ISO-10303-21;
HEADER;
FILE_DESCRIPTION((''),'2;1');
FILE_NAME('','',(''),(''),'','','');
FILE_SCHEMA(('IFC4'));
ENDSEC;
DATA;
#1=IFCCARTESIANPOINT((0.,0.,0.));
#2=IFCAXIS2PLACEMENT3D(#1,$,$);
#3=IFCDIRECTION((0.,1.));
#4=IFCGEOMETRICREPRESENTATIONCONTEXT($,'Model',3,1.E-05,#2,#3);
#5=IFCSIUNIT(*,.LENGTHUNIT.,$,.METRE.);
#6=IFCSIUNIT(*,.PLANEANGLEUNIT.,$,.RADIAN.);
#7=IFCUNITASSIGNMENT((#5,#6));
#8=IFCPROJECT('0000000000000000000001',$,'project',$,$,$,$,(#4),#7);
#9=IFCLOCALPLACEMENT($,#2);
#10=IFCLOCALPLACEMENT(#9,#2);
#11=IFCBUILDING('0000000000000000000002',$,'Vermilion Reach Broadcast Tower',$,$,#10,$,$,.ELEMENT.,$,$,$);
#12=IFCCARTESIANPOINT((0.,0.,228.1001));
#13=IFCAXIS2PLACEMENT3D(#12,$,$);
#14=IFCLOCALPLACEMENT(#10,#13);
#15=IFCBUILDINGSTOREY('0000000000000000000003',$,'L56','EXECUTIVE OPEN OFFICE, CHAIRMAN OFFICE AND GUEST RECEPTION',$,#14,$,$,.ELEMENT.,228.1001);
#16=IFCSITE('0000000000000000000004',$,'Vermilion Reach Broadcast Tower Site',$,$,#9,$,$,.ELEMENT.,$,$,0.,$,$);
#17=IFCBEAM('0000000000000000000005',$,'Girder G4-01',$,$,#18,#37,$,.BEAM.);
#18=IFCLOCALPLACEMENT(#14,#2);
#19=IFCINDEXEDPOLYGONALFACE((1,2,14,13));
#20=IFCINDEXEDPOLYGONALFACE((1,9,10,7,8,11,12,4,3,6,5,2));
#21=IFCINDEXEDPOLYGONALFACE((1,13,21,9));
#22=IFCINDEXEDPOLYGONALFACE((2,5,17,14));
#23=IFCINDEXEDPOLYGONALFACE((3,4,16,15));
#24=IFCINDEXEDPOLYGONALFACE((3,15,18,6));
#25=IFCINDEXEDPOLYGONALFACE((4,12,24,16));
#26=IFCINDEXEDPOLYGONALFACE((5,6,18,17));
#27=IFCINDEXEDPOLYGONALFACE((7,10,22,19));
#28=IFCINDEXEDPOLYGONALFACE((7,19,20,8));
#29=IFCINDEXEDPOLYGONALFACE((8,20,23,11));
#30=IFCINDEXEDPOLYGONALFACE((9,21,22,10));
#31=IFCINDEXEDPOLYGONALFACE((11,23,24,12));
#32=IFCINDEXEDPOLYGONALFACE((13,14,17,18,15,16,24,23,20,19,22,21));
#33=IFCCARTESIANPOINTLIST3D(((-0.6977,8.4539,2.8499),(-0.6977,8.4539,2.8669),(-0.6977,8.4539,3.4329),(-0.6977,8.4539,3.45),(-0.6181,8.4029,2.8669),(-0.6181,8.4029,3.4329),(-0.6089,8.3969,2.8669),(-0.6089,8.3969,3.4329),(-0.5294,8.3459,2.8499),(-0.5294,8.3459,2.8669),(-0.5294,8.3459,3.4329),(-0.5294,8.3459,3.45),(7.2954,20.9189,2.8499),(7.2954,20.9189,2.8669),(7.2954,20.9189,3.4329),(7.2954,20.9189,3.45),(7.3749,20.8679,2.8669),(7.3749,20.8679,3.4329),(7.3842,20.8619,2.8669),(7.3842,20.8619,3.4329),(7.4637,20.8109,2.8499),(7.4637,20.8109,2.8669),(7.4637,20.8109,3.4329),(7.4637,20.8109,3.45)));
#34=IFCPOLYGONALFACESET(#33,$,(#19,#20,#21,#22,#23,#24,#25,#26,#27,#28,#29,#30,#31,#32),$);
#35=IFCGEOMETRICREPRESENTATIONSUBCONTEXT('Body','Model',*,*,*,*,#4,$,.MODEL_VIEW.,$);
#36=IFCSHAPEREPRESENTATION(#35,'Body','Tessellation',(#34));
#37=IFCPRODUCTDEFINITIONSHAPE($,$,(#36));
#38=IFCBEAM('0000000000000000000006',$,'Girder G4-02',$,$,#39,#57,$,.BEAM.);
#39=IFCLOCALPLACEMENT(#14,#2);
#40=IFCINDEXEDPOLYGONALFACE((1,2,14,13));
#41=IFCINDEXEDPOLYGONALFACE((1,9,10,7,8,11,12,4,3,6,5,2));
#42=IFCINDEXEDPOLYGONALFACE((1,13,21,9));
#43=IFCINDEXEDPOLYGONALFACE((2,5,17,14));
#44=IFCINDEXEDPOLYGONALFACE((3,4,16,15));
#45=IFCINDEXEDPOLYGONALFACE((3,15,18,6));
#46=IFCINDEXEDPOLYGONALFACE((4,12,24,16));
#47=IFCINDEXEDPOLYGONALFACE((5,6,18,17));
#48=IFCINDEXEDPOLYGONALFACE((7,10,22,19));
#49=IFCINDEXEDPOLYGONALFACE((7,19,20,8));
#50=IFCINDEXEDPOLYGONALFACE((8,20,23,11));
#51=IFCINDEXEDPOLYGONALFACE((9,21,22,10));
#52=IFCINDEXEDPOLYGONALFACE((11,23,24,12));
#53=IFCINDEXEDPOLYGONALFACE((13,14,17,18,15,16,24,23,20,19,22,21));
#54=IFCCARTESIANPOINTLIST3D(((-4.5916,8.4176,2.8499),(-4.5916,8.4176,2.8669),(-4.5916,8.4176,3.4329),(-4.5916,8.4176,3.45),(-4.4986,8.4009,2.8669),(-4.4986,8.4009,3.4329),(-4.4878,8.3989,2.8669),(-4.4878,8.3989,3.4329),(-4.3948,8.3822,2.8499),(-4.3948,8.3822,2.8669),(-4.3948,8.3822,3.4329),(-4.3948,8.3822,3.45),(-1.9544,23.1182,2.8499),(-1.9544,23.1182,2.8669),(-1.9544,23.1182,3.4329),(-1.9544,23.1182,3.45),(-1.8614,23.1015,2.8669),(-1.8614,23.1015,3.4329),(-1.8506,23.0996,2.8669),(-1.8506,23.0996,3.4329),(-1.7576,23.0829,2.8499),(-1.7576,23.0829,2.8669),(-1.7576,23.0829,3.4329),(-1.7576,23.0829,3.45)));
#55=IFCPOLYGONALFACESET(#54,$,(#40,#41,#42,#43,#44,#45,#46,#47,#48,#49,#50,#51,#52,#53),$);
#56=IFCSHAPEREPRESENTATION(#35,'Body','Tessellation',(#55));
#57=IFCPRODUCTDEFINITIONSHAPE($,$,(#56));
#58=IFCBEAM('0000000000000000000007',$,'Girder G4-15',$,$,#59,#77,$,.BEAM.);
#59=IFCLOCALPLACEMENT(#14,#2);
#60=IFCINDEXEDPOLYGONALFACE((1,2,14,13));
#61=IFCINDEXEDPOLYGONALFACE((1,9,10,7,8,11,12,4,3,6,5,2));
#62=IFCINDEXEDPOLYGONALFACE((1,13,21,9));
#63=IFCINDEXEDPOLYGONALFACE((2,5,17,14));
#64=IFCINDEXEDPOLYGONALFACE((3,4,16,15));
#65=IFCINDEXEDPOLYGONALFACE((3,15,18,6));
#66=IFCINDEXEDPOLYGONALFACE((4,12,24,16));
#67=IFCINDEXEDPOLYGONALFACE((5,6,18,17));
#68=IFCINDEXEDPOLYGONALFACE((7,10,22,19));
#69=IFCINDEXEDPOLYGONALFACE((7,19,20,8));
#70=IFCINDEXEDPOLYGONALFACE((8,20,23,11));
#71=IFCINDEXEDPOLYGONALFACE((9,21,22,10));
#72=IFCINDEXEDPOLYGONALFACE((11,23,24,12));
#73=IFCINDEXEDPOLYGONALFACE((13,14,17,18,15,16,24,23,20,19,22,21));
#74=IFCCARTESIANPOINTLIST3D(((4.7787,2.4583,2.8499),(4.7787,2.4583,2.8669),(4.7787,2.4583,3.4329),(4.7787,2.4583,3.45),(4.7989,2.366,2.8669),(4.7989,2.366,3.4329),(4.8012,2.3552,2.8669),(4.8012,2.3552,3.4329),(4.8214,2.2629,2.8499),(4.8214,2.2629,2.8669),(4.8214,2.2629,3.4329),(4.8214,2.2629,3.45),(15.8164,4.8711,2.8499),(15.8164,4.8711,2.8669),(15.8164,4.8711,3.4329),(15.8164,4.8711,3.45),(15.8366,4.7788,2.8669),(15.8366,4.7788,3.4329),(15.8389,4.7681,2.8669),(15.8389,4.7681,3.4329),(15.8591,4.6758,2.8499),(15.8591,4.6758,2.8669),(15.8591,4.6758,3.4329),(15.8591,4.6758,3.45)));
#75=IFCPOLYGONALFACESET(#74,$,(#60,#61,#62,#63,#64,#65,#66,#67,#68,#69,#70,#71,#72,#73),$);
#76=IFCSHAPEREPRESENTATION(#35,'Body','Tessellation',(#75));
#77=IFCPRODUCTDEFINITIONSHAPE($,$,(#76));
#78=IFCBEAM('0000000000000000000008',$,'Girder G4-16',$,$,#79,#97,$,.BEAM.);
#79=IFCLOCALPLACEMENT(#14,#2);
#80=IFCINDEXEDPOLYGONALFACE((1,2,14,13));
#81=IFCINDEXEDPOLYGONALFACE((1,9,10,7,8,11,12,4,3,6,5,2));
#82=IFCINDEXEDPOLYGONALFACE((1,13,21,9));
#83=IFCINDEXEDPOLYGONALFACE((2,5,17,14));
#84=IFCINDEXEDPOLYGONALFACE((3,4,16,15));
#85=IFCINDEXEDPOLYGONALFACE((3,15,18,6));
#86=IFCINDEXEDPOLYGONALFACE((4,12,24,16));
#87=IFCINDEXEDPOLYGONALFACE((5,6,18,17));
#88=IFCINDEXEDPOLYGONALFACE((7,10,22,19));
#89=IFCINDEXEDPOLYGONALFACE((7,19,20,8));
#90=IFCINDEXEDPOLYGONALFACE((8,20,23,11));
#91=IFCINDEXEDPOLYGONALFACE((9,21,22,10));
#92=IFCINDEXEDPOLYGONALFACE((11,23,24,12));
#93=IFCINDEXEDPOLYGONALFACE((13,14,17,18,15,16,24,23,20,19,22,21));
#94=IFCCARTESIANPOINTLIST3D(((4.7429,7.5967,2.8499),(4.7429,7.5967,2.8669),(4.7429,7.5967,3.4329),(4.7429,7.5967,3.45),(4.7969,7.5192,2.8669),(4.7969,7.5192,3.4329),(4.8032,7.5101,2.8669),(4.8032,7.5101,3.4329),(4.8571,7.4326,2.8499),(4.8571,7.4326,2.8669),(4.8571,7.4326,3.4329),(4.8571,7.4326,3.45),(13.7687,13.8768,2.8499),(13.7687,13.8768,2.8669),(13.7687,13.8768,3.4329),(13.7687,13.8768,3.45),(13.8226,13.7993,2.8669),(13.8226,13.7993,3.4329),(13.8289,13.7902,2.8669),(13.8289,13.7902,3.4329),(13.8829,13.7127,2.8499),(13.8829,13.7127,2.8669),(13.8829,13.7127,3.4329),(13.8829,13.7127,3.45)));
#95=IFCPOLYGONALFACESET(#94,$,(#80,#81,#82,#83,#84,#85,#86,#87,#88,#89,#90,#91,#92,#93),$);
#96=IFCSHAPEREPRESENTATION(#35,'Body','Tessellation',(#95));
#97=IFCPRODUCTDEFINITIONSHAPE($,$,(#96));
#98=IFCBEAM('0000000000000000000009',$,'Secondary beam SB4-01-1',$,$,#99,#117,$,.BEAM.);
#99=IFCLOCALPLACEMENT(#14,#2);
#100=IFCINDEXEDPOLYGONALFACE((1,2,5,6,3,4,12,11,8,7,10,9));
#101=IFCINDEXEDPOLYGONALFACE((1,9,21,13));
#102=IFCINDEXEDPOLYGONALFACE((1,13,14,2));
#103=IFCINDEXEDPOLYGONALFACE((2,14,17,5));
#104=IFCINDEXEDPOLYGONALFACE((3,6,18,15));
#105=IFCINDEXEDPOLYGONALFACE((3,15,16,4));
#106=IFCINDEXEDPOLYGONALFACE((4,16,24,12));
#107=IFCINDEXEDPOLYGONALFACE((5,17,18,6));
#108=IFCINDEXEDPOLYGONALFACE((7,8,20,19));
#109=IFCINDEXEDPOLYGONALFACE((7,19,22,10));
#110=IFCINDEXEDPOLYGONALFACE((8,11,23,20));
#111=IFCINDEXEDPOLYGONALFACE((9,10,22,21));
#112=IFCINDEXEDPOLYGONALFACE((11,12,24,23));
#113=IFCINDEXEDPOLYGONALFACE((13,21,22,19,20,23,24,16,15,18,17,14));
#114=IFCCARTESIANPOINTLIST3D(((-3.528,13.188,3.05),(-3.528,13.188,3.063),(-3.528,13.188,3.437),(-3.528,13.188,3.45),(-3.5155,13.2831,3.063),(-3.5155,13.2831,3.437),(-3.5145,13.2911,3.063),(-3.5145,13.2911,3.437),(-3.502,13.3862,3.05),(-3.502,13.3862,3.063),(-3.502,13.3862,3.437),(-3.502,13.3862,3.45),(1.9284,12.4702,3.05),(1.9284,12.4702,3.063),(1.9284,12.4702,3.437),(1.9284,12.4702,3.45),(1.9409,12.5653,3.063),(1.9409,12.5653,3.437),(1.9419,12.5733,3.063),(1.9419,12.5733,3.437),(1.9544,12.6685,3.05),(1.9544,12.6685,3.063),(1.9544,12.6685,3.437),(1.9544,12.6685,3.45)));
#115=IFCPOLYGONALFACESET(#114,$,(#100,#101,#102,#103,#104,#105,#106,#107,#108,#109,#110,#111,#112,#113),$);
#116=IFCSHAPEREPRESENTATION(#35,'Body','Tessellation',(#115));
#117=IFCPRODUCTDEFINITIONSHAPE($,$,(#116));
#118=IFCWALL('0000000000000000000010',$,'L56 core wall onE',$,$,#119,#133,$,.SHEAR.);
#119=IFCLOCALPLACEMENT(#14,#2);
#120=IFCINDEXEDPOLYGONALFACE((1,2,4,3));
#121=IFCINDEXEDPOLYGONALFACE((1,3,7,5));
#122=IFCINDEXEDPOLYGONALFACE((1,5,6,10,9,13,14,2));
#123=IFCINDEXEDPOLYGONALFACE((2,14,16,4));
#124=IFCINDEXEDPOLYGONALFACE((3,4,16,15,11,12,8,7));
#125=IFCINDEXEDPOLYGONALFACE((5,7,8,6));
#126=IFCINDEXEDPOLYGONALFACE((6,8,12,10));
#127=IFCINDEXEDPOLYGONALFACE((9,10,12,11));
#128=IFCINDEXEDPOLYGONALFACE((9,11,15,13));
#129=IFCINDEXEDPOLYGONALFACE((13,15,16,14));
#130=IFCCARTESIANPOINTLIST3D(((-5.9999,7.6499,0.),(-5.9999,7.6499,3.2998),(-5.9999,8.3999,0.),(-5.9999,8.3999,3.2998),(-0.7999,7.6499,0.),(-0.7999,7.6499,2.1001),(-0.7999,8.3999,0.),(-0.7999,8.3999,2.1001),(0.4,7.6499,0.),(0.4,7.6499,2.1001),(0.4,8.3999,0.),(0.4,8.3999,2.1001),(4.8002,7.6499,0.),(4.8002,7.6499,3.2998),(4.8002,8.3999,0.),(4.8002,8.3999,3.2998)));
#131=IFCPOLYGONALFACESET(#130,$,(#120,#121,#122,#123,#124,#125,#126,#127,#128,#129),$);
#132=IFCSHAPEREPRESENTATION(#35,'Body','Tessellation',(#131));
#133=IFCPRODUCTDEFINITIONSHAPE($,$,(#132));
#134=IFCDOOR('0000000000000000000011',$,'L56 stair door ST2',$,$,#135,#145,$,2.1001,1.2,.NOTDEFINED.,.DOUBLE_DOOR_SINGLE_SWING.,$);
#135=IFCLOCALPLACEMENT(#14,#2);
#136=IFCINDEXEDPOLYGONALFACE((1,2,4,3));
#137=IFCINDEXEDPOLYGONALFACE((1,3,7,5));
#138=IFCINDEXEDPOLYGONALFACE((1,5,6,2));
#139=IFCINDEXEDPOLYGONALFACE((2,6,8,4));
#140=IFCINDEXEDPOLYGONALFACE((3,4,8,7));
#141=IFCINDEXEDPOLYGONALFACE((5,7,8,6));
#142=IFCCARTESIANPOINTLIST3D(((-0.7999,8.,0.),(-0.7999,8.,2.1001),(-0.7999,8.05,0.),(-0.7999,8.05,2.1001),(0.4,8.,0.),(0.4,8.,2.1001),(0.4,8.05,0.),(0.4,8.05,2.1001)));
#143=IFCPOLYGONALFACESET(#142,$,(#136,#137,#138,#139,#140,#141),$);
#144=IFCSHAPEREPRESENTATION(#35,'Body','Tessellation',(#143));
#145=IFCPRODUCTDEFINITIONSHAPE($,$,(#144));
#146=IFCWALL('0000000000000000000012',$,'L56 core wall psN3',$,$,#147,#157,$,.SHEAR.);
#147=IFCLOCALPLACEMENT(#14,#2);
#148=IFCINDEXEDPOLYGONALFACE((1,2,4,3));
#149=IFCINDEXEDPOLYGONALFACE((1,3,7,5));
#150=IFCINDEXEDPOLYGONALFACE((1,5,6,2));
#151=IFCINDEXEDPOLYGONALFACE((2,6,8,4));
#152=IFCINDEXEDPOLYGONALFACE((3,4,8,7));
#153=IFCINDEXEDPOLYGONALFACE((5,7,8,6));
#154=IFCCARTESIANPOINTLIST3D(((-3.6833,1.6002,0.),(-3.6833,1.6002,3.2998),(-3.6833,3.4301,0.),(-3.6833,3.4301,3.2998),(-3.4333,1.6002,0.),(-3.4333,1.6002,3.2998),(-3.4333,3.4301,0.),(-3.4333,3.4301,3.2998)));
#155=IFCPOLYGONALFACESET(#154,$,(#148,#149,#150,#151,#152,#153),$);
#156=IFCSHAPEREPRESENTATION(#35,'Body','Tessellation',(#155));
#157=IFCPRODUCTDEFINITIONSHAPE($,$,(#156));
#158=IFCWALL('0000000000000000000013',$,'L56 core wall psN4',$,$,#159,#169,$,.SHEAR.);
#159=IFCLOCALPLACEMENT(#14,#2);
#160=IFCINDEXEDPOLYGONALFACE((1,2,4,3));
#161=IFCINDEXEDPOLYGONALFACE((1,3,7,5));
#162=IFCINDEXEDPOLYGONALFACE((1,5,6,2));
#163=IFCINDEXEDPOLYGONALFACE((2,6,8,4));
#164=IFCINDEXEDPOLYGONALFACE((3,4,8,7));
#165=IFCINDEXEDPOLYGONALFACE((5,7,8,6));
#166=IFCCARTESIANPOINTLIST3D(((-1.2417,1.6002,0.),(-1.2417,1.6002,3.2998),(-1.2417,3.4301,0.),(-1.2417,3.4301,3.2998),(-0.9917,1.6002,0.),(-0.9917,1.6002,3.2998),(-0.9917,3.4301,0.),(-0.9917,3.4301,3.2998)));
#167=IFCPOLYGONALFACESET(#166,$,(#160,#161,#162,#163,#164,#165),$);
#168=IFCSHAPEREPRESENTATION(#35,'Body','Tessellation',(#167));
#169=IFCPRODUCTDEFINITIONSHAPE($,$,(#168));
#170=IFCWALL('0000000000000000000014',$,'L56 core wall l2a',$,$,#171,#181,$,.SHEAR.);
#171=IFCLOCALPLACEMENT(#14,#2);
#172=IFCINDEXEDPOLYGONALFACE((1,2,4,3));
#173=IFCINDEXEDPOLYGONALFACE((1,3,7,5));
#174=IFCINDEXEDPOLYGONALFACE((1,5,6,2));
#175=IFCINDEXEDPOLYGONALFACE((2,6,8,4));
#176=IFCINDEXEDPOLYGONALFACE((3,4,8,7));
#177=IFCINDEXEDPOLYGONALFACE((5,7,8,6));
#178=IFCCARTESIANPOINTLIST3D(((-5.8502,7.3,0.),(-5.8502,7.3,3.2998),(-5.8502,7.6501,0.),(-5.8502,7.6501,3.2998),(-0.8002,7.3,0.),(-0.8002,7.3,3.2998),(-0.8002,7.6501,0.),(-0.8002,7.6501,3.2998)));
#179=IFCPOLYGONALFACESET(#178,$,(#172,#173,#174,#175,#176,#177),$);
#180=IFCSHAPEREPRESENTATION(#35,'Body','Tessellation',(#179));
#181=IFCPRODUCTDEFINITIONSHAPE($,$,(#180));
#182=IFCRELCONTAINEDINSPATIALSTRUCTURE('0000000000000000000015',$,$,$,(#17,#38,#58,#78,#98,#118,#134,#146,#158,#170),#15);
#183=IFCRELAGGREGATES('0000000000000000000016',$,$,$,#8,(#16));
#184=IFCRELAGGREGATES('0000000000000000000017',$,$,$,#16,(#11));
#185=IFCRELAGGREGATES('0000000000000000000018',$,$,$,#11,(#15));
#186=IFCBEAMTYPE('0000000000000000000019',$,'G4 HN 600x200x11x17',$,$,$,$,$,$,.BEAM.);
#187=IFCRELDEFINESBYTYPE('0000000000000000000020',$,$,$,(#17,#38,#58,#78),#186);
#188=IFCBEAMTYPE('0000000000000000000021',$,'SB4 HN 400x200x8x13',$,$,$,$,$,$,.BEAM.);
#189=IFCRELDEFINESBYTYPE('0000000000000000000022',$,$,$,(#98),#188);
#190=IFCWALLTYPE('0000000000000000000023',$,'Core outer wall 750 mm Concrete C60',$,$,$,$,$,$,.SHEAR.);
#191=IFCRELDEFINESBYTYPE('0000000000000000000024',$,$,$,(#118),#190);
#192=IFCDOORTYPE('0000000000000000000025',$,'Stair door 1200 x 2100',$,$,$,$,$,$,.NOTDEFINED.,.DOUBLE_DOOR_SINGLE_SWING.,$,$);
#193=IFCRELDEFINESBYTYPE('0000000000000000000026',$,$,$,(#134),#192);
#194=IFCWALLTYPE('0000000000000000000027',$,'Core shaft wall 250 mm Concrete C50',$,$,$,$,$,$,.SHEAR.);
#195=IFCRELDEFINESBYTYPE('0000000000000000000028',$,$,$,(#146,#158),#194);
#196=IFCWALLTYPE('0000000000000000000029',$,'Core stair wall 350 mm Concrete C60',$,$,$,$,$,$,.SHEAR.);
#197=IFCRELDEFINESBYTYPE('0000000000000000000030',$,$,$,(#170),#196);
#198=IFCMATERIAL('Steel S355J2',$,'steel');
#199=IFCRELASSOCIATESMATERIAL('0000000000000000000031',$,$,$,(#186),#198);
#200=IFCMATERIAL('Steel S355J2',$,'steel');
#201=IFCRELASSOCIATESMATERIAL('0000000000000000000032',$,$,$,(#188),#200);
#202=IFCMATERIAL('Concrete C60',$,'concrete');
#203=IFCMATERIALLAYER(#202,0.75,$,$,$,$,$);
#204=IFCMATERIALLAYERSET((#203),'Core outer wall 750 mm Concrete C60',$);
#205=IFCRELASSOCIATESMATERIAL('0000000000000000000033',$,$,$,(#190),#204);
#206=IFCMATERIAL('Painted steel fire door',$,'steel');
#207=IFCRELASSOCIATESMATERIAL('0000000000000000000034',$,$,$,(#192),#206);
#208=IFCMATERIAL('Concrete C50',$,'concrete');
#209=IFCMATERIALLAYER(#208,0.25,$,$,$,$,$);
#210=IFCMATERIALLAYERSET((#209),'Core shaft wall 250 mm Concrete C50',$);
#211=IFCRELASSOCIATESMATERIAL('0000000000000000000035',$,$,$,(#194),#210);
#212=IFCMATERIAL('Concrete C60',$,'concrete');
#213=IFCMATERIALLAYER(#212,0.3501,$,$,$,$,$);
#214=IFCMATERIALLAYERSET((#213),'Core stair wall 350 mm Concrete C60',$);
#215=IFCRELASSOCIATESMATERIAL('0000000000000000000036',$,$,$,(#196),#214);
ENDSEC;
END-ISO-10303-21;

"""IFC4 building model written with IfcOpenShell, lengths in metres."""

from ifc_helpers import new_model, si_unit, direction, frame, frame_2d, origin, origin_2d, place, context, subcontext, project, spatial, rectangle, i_section, extrude, material, layer, layer_set, material_profile, profile_set, type_object, element, fill, save


model = new_model("IFC4")

# Units and contexts
model_context = context("Model", 3, precision=1e-05, world=origin(), true_north=direction((0.0, 1.0)))
body_context = subcontext(model_context, "Body", "Model", "MODEL_VIEW")
ifc_project = project(units=[si_unit("LENGTHUNIT", "METRE"), si_unit("PLANEANGLEUNIT", "RADIAN")], contexts=[model_context])

# Site, building, storey
site_placement = place(None, origin())
site = spatial("IfcSite", under=ifc_project, at=site_placement, Name="Vermilion Reach Broadcast Tower Site", CompositionType="ELEMENT", RefElevation=0.0)
building_placement = place(site_placement, origin())
building = spatial("IfcBuilding", under=site, at=building_placement, Name="Vermilion Reach Broadcast Tower", CompositionType="ELEMENT")
storey_placement = place(building_placement, frame((0.0, 0.0, 228.1001)))
storey = spatial("IfcBuildingStorey", under=building, at=storey_placement, Name="L56", Description="EXECUTIVE OPEN OFFICE, CHAIRMAN OFFICE AND GUEST RECEPTION", CompositionType="ELEMENT", Elevation=228.1001)

# Beams
ifc_material_1 = material(Name="Steel S355J2", Category="steel")
ifc_material_profile_1 = material_profile(ifc_material_1, i_section(OverallWidth=0.2, OverallDepth=0.6001, WebThickness=0.011, FlangeThickness=0.0171, at=origin_2d()), Name="S355J2 HN 600x200x11x17")
ifc_profile_set_1 = profile_set([ifc_material_profile_1], Name="Steel S355J2")
beam_type_1 = type_object("IfcBeamType", Name="G4 HN 600x200x11x17", PredefinedType="BEAM", material=ifc_profile_set_1)
beam_1_placement = place(storey_placement, frame((-0.6135, 8.3999, 3.1499), z_axis=(0.539796, 0.841796, 0.0), x_axis=(-0.841796, 0.539796, 0.0)))
element("IfcBeam", 1, at=beam_1_placement, inside=storey, type_object=beam_type_1, Name="Girder G4-01", PredefinedType="BEAM", context=body_context, shape_type="SweptSolid", body=[
    extrude(i_section(OverallWidth=0.2, OverallDepth=0.6001, WebThickness=0.011, FlangeThickness=0.0171, at=origin_2d()), origin(), (0.0, 0.0, 1.0), 14.8076),
])
beam_2_placement = place(storey_placement, frame((-4.4932, 8.3999, 3.1499), z_axis=(0.176575, 0.984287, 0.0), x_axis=(-0.984287, 0.176575, 0.0)))
element("IfcBeam", 2, at=beam_2_placement, inside=storey, type_object=beam_type_1, Name="Girder G4-02", PredefinedType="BEAM", context=body_context, shape_type="SweptSolid", body=[
    extrude(i_section(OverallWidth=0.2, OverallDepth=0.6001, WebThickness=0.011, FlangeThickness=0.0171, at=origin_2d()), origin(), (0.0, 0.0, 1.0), 14.9353),
])
beam_3_placement = place(storey_placement, frame((4.8, 2.3606, 3.1499), z_axis=(0.97693, 0.213559, 0.0), x_axis=(-0.213559, 0.97693, 0.0)))
element("IfcBeam", 3, at=beam_3_placement, inside=storey, type_object=beam_type_1, Name="Girder G4-15", PredefinedType="BEAM", context=body_context, shape_type="SweptSolid", body=[
    extrude(i_section(OverallWidth=0.2, OverallDepth=0.6001, WebThickness=0.011, FlangeThickness=0.0171, at=origin_2d()), origin(), (0.0, 0.0, 1.0), 11.2983),
])
beam_4_placement = place(storey_placement, frame((4.8, 7.5146, 3.1499), z_axis=(0.820849, 0.571146, 0.0), x_axis=(-0.571146, 0.820849, 0.0)))
element("IfcBeam", 4, at=beam_4_placement, inside=storey, type_object=beam_type_1, Name="Girder G4-16", PredefinedType="BEAM", context=body_context, shape_type="SweptSolid", body=[
    extrude(i_section(OverallWidth=0.2, OverallDepth=0.6001, WebThickness=0.011, FlangeThickness=0.0171, at=origin_2d()), origin(), (0.0, 0.0, 1.0), 10.9956),
])
ifc_material_2 = material(Name="Steel S355J2", Category="steel")
ifc_material_profile_2 = material_profile(ifc_material_2, i_section(OverallWidth=0.2, OverallDepth=0.3999, WebThickness=0.0081, FlangeThickness=0.0129, at=origin_2d()), Name="S355J2 HN 400x200x8x13")
ifc_profile_set_2 = profile_set([ifc_material_profile_2], Name="Steel S355J2")
beam_type_2 = type_object("IfcBeamType", Name="SB4 HN 400x200x8x13", PredefinedType="BEAM", material=ifc_profile_set_2)
beam_5_placement = place(storey_placement, frame((1.9414, 12.5693, 3.25), z_axis=(-0.991458, 0.130426, 0.0), x_axis=(-0.130426, -0.991458, 0.0)))
element("IfcBeam", 5, at=beam_5_placement, inside=storey, type_object=beam_type_2, Name="Secondary beam SB4-01-1", PredefinedType="BEAM", context=body_context, shape_type="SweptSolid", body=[
    extrude(i_section(OverallWidth=0.2, OverallDepth=0.3999, WebThickness=0.0081, FlangeThickness=0.0129, at=origin_2d()), origin(), (0.0, 0.0, 1.0), 5.5034),
])

# Wall, opening, door
ifc_material_3 = material(Name="Concrete C60", Category="concrete")
ifc_layer_1 = layer(ifc_material_3, 0.75)
ifc_layer_set_1 = layer_set([ifc_layer_1], Name="Core outer wall 750 mm Concrete C60")
wall_type_1 = type_object("IfcWallType", Name="Core outer wall 750 mm Concrete C60", PredefinedType="SHEAR", material=ifc_layer_set_1)
wall_1_placement = place(storey_placement, frame((4.8, 8.0249, 0.0), z_axis=(0.0, 0.0, 1.0), x_axis=(-1.0, 0.0, 0.0)))
wall_1 = element("IfcWall", 6, at=wall_1_placement, inside=storey, type_object=wall_type_1, Name="L56 core wall onE", PredefinedType="SHEAR", context=body_context, shape_type="SweptSolid", body=[
    extrude(rectangle(XDim=10.8, YDim=0.75, at=frame_2d((5.3999, 0.0))), origin(), (0.0, 0.0, 1.0), 3.2998),
])
opening_placement = place(wall_1_placement, frame((4.3999, 0.0, 0.0)))
opening = element("IfcOpeningElement", 7, at=opening_placement, cuts=wall_1, PredefinedType="OPENING", context=body_context, shape_type="SweptSolid", body=[
    extrude(rectangle(XDim=1.2, YDim=2.1001, at=frame_2d((0.6001, 1.05))), frame((0.0, 0.385, 0.0), z_axis=(0.0, -1.0, 0.0), x_axis=(1.0, 0.0, 0.0)), (0.0, 0.0, 1.0), 0.77),
])
ifc_material_4 = material(Name="Painted steel fire door", Category="steel")
door_type = type_object("IfcDoorType", Name="Stair door 1200 x 2100", OperationType="DOUBLE_DOOR_SINGLE_SWING", PredefinedType="NOTDEFINED", material=ifc_material_4)
door_placement = place(opening_placement, origin())
door = element("IfcDoor", 8, at=door_placement, inside=storey, type_object=door_type, Name="L56 stair door ST2", OperationType="DOUBLE_DOOR_SINGLE_SWING", OverallHeight=2.1001, OverallWidth=1.2, PredefinedType="NOTDEFINED", context=body_context, shape_type="SweptSolid", body=[
    extrude(rectangle(XDim=1.2, YDim=2.1001, at=frame_2d((0.6001, 1.05))), frame((0.0, 0.0249, 0.0), z_axis=(0.0, -1.0, 0.0), x_axis=(1.0, 0.0, 0.0)), (0.0, 0.0, 1.0), 0.05),
])
fill(opening, door)

# Walls
ifc_material_5 = material(Name="Concrete C50", Category="concrete")
ifc_layer_2 = layer(ifc_material_5, 0.25)
ifc_layer_set_2 = layer_set([ifc_layer_2], Name="Core shaft wall 250 mm Concrete C50")
wall_type_2 = type_object("IfcWallType", Name="Core shaft wall 250 mm Concrete C50", PredefinedType="SHEAR", material=ifc_layer_set_2)
for number, where, z_axis, x_axis, name in (
    (9, (-3.5583, 1.6001, 0.0), (0.0, 0.0, 1.0), (0.0, 1.0, 0.0), "L56 core wall psN3"),
    (10, (-1.1167, 1.6001, 0.0), (0.0, 0.0, 1.0), (0.0, 1.0, 0.0), "L56 core wall psN4"),
):
    element("IfcWall", number, at=place(storey_placement, frame(where, z_axis=z_axis, x_axis=x_axis)), inside=storey, type_object=wall_type_2, Name=name, PredefinedType="SHEAR", context=body_context, shape_type="SweptSolid", body=[
        extrude(rectangle(XDim=1.8298, YDim=0.25, at=frame_2d((0.915, 0.0))), origin(), (0.0, 0.0, 1.0), 3.2998),
    ])
ifc_material_6 = material(Name="Concrete C60", Category="concrete")
ifc_layer_3 = layer(ifc_material_6, 0.3501)
ifc_layer_set_3 = layer_set([ifc_layer_3], Name="Core stair wall 350 mm Concrete C60")
wall_type_3 = type_object("IfcWallType", Name="Core stair wall 350 mm Concrete C60", PredefinedType="SHEAR", material=ifc_layer_set_3)
wall_2_placement = place(storey_placement, frame((-5.8501, 7.4751, 0.0), z_axis=(0.0, 0.0, 1.0), x_axis=(1.0, 0.0, 0.0)))
element("IfcWall", 11, at=wall_2_placement, inside=storey, type_object=wall_type_3, Name="L56 core wall l2a", PredefinedType="SHEAR", context=body_context, shape_type="SweptSolid", body=[
    extrude(rectangle(XDim=5.05, YDim=0.3501, at=frame_2d((2.5249, 0.0))), origin(), (0.0, 0.0, 1.0), 3.2998),
])

save(model, "model.ifc")
